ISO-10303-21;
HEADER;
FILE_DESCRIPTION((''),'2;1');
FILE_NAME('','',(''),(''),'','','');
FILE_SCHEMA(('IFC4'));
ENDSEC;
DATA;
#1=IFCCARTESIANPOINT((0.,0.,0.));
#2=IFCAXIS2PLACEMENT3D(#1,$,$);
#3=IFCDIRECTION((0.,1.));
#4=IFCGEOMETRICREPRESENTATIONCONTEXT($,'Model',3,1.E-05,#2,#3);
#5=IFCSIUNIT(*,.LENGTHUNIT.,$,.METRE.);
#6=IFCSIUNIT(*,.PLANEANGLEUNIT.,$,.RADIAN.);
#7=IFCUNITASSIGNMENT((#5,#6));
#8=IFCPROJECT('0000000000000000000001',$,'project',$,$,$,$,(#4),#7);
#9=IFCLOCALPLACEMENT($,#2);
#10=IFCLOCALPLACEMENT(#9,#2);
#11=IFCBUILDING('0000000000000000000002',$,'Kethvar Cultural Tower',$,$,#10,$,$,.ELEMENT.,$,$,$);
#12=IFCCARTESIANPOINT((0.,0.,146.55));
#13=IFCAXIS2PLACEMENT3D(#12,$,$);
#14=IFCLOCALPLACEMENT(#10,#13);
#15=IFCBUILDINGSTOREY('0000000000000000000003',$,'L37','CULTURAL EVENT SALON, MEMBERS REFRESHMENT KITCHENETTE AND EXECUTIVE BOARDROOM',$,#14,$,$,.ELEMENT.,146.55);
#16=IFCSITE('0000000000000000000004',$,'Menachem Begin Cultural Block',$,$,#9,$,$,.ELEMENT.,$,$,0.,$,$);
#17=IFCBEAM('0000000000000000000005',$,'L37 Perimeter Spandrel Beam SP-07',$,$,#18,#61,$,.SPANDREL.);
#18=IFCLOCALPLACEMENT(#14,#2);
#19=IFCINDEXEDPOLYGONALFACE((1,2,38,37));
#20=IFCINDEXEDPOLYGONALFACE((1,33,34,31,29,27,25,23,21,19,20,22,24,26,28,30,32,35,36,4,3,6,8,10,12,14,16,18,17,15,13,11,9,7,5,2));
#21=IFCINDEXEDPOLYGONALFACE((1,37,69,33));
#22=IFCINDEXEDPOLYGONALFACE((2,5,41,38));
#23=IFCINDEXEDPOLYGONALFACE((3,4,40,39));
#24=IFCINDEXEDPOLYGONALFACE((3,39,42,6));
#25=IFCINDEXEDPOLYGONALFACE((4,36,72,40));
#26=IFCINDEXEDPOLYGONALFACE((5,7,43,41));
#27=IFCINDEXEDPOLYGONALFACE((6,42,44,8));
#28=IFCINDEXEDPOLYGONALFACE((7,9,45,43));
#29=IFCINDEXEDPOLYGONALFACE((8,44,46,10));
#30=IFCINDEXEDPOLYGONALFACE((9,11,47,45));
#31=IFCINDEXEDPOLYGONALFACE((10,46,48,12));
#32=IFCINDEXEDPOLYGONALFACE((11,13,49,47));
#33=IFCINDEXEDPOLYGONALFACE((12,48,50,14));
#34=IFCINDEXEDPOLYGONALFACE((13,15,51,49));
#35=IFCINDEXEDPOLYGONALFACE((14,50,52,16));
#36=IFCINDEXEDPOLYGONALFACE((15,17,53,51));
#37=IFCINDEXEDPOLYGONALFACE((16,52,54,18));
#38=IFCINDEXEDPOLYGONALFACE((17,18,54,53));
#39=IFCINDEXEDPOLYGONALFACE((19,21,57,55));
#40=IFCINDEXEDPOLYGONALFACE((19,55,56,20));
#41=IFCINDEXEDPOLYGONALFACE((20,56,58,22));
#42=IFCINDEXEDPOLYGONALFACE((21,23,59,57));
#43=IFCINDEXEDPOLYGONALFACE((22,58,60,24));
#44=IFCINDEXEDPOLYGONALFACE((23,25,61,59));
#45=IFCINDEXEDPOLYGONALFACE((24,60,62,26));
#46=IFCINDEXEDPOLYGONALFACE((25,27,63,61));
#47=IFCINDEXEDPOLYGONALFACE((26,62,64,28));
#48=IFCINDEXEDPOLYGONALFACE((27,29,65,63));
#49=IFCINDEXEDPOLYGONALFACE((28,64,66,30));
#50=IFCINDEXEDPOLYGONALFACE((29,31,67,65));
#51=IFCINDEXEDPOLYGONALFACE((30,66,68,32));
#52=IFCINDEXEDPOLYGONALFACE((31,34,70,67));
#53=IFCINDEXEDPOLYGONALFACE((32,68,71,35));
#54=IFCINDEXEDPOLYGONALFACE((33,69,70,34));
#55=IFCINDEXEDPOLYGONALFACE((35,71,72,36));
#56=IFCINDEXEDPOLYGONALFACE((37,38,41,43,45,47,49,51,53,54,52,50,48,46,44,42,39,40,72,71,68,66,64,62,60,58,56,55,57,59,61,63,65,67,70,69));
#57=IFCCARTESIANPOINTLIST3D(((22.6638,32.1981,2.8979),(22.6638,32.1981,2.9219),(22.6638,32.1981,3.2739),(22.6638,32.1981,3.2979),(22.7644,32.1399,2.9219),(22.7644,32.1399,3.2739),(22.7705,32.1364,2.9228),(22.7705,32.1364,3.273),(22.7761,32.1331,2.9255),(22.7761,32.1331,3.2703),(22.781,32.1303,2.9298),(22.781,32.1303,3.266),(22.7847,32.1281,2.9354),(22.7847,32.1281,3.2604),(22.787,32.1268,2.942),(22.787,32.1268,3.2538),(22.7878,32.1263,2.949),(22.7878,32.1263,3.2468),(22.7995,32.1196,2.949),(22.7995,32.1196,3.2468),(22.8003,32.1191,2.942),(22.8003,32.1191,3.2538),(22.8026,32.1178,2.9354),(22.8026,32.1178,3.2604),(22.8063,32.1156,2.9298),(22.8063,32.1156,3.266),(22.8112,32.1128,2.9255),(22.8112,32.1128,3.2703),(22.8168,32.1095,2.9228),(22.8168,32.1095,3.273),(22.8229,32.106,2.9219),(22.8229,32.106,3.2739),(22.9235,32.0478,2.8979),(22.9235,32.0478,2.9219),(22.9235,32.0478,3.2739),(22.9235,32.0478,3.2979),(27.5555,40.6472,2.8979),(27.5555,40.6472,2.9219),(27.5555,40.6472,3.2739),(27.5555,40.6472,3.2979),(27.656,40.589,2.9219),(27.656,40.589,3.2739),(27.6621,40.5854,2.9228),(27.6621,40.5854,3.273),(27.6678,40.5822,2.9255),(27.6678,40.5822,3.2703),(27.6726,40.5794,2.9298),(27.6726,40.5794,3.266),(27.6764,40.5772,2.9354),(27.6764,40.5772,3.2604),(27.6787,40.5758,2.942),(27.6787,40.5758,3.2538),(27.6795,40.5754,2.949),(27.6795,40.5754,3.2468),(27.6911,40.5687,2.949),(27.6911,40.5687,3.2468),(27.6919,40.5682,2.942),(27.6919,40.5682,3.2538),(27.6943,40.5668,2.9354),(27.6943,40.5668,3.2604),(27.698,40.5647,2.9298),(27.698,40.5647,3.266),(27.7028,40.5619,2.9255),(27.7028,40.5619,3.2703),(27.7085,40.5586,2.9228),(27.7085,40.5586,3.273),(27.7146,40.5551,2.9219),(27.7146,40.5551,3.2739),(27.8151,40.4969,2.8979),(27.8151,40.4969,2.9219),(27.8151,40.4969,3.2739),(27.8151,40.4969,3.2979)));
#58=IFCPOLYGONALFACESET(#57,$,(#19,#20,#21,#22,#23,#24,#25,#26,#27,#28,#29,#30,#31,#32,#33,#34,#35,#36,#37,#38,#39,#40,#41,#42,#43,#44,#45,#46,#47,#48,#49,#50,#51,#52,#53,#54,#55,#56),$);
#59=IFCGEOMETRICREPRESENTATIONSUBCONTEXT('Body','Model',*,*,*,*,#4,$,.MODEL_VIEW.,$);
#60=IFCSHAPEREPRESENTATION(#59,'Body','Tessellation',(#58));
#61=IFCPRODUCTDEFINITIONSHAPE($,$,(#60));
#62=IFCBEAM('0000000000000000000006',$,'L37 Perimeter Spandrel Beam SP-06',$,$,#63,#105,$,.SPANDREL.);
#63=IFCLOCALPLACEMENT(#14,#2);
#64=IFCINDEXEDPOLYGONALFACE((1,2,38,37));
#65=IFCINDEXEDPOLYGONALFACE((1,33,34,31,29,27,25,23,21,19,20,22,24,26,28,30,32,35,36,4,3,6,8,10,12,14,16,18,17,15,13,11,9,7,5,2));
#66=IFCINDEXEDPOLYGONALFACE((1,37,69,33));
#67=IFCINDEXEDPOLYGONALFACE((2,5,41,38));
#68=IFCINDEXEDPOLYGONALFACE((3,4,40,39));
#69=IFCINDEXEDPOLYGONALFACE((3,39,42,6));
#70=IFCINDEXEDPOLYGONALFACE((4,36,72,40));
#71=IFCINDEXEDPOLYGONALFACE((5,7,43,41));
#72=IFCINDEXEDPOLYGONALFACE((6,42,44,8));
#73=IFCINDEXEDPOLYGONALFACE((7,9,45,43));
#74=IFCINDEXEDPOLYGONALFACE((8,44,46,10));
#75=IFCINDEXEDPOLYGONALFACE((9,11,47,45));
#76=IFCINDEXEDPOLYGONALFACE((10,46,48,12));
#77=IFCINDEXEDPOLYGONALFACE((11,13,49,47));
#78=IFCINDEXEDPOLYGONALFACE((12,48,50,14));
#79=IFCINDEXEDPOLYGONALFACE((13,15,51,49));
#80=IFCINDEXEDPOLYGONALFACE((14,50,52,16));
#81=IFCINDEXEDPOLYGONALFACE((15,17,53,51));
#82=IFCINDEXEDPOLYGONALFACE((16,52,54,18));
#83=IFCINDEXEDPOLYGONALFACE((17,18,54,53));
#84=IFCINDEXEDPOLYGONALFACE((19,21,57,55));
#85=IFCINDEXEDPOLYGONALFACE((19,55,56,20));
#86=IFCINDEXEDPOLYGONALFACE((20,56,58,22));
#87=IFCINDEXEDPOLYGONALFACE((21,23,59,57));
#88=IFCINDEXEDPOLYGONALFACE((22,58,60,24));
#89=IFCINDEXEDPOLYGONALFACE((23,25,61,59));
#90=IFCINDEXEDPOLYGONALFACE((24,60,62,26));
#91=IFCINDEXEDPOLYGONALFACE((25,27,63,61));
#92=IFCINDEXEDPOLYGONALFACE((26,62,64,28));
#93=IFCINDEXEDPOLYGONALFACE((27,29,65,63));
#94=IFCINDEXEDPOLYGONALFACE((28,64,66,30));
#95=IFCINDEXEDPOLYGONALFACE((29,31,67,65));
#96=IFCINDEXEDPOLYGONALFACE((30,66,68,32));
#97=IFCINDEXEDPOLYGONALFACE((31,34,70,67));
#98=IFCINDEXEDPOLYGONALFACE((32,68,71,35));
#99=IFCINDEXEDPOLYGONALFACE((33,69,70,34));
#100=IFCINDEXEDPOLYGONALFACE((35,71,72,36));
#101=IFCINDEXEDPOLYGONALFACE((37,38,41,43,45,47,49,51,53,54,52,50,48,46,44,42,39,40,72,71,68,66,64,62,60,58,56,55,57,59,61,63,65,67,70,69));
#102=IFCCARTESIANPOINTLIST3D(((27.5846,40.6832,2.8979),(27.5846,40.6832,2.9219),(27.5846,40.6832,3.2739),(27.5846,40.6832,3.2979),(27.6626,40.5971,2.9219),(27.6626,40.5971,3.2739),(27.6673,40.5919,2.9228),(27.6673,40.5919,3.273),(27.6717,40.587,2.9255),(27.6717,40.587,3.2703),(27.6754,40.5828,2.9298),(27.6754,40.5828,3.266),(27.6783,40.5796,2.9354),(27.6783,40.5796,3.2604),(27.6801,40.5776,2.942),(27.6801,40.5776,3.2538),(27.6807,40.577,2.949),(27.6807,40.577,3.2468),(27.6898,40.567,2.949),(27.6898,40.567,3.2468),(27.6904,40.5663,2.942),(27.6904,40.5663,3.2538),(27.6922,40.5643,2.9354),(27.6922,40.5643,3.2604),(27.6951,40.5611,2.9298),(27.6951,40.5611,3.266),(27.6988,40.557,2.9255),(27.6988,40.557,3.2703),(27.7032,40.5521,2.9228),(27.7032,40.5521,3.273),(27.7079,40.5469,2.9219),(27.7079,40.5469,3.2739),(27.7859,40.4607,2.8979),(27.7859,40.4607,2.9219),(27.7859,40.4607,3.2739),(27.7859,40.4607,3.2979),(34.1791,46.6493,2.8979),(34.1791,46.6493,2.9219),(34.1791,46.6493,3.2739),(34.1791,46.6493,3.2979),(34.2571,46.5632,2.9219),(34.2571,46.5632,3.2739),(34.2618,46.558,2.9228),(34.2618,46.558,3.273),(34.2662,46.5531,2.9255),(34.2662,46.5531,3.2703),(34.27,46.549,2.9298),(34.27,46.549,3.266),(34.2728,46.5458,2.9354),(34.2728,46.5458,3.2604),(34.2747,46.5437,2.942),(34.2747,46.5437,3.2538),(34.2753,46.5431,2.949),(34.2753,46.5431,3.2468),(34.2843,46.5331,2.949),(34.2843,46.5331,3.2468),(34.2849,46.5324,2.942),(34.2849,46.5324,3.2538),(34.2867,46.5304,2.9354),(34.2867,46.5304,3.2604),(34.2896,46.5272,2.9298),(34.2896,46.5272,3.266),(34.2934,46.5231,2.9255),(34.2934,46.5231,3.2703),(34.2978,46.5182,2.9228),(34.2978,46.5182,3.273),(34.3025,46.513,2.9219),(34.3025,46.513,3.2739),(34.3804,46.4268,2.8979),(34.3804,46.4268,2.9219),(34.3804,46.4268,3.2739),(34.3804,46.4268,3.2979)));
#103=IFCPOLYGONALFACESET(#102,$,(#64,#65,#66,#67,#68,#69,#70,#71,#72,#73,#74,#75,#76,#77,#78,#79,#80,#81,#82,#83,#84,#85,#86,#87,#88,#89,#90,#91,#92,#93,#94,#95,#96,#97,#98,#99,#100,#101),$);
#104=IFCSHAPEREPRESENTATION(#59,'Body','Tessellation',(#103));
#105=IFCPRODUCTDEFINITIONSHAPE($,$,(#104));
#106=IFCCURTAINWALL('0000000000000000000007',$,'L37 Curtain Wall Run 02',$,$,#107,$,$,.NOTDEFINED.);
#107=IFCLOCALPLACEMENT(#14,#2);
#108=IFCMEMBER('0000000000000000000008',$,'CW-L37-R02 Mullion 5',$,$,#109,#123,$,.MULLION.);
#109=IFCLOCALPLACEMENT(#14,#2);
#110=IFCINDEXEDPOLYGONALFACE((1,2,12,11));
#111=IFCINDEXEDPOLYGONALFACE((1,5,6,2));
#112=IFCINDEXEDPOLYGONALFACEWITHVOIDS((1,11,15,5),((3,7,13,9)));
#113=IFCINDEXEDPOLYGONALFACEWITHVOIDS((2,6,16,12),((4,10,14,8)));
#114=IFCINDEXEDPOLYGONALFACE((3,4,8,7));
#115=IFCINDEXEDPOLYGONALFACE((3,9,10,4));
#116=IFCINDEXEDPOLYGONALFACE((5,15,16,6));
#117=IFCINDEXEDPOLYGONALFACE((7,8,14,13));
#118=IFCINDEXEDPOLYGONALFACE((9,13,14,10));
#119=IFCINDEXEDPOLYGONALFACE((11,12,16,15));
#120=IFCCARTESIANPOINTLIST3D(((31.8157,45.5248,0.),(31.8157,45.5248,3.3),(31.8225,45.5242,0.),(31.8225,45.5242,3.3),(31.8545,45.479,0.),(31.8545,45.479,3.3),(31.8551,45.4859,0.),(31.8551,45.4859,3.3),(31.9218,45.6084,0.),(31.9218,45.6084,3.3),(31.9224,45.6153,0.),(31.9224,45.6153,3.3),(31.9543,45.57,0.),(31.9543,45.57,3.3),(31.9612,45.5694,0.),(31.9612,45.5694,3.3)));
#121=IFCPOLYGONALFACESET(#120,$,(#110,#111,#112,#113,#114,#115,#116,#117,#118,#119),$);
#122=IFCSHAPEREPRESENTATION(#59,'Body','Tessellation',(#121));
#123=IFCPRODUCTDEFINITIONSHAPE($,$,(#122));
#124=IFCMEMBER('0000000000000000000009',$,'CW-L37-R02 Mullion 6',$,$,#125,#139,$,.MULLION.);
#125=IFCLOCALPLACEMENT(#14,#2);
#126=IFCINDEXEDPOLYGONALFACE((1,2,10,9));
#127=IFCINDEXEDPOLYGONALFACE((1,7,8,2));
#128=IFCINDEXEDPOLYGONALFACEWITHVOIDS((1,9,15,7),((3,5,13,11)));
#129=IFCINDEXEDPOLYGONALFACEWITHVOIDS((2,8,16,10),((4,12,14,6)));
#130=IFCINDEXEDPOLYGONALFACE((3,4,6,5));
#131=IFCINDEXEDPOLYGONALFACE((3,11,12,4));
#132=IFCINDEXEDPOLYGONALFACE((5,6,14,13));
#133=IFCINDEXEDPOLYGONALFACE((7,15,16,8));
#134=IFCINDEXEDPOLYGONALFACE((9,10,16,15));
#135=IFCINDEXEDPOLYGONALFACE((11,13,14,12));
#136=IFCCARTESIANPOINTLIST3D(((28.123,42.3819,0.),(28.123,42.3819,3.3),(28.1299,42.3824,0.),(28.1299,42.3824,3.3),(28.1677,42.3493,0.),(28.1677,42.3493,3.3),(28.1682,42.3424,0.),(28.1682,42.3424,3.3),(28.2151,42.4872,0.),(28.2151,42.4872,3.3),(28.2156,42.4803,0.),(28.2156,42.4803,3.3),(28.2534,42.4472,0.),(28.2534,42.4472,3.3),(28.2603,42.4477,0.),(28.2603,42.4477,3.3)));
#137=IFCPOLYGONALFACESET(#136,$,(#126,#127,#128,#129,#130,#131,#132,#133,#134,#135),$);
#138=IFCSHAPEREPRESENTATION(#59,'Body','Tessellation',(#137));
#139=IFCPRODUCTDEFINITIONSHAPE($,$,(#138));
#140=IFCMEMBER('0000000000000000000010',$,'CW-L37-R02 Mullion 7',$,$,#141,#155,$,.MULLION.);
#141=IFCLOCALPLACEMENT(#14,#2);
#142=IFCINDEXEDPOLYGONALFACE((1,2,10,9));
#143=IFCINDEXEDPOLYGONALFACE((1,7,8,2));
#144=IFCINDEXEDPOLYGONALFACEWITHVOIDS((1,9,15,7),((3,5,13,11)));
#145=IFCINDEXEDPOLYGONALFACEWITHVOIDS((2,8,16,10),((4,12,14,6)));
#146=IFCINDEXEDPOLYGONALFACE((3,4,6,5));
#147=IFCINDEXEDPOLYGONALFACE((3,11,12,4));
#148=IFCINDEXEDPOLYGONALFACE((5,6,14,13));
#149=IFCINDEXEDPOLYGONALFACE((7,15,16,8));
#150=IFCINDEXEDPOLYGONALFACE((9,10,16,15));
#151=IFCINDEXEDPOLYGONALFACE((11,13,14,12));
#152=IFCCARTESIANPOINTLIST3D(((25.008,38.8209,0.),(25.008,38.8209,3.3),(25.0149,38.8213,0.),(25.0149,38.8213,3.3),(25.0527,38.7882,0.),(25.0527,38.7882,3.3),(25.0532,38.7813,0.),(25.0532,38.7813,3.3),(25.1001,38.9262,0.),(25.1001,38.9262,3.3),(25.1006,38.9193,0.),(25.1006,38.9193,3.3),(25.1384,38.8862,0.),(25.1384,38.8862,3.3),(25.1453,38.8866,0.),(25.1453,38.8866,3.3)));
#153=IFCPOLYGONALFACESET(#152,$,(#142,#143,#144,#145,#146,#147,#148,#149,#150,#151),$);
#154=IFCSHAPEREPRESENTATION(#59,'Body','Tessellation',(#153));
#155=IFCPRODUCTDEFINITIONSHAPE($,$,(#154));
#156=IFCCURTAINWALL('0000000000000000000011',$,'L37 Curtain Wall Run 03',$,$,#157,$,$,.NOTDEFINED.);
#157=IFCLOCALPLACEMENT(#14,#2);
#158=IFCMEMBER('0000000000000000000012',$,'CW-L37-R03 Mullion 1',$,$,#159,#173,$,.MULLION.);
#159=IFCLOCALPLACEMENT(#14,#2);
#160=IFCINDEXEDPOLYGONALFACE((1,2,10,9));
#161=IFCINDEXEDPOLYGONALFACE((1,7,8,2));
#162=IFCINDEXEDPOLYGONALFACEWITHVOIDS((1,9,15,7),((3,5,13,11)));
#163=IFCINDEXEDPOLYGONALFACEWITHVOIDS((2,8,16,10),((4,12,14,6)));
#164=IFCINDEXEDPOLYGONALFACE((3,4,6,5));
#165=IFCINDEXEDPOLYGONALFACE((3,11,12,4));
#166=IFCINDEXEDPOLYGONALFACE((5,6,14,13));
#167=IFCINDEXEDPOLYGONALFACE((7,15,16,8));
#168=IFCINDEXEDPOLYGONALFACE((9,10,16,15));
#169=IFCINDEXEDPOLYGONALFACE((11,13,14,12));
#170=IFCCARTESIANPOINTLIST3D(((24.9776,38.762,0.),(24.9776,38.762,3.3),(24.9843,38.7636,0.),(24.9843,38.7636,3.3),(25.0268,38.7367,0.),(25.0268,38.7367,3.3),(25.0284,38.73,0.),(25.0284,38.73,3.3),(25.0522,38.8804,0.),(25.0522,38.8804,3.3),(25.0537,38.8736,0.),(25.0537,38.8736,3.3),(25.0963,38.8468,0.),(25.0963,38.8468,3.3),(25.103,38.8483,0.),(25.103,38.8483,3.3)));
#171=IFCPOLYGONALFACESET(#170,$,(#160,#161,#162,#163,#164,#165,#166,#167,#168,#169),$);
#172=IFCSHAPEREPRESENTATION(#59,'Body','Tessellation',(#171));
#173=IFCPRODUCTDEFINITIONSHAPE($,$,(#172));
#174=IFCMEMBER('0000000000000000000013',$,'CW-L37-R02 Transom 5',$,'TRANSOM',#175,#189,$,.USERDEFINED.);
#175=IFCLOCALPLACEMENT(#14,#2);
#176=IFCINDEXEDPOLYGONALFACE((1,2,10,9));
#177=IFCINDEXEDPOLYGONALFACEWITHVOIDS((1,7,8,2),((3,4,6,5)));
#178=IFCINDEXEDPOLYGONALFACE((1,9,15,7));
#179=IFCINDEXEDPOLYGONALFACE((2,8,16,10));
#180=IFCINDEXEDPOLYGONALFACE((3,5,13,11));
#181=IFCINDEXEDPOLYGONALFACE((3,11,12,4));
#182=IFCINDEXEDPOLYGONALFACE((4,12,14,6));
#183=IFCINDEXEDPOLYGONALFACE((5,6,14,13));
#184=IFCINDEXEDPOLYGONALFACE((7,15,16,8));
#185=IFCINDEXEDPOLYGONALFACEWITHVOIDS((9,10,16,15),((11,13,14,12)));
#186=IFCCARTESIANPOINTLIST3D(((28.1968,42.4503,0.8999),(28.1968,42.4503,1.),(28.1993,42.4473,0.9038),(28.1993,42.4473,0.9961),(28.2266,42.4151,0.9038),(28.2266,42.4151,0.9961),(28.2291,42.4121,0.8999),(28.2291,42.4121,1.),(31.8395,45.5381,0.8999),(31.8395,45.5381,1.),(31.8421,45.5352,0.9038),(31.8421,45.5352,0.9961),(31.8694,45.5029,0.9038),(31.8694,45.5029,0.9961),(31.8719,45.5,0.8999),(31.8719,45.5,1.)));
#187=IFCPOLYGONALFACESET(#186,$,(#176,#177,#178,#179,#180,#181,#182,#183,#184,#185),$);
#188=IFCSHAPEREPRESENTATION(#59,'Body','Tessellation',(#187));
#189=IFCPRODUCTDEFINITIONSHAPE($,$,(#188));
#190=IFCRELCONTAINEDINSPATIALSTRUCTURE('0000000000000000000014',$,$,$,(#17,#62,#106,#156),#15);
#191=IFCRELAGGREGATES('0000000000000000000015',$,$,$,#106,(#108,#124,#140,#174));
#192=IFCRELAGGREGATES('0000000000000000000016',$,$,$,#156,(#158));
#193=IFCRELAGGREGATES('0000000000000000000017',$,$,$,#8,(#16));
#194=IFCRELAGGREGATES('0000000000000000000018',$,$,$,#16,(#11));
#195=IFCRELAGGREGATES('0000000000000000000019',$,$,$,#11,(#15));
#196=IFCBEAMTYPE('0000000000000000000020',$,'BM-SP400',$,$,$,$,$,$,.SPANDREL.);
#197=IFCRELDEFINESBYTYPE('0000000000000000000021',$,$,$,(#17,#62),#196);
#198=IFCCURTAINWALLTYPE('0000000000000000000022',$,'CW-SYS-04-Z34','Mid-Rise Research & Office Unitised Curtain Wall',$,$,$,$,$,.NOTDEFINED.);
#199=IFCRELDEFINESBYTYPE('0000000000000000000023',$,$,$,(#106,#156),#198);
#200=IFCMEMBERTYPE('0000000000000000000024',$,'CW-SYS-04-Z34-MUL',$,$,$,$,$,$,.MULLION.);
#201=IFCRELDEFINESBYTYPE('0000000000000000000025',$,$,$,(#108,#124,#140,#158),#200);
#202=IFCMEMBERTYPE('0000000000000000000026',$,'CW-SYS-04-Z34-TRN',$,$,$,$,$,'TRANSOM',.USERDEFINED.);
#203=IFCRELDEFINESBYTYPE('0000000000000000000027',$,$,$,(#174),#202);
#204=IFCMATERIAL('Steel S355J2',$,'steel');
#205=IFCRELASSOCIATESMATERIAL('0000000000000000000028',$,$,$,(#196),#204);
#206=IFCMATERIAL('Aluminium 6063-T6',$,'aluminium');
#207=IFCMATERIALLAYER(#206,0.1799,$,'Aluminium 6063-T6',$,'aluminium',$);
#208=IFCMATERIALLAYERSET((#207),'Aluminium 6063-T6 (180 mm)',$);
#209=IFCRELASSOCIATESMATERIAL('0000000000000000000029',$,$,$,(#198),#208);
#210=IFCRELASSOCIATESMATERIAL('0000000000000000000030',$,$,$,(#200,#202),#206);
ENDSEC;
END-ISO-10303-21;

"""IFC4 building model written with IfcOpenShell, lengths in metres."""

from ifc_helpers import new_model, si_unit, direction, frame, origin, origin_2d, place, context, subcontext, project, spatial, hollow_rectangle, i_section, extrude, source, transform, mapped, material, layer, layer_set, material_profile, profile_set, type_object, element, aggregate, save


model = new_model("IFC4")

# Units and contexts
model_context = context("Model", 3, precision=1e-05, world=origin(), true_north=direction((0.0, 1.0)))
body_context = subcontext(model_context, "Body", "Model", "MODEL_VIEW")
ifc_project = project(units=[si_unit("LENGTHUNIT", "METRE"), si_unit("PLANEANGLEUNIT", "RADIAN")], contexts=[model_context])

# Site, building, storey
site_placement = place(None, origin())
site = spatial("IfcSite", under=ifc_project, at=site_placement, Name="Menachem Begin Cultural Block", CompositionType="ELEMENT", RefElevation=0.0)
building_placement = place(site_placement, origin())
building = spatial("IfcBuilding", under=site, at=building_placement, Name="Kethvar Cultural Tower", CompositionType="ELEMENT")
storey_placement = place(building_placement, frame((0.0, 0.0, 146.55)))
storey = spatial("IfcBuildingStorey", under=building, at=storey_placement, Name="L37", Description="CULTURAL EVENT SALON, MEMBERS REFRESHMENT KITCHENETTE AND EXECUTIVE BOARDROOM", CompositionType="ELEMENT", Elevation=146.55)

# Beams
ifc_material_1 = material(Name="Steel S355J2", Category="steel")
ifc_material_profile_1 = material_profile(ifc_material_1, i_section(OverallWidth=0.3, OverallDepth=0.3999, WebThickness=0.0134, FlangeThickness=0.0239, FilletRadius=0.0271, at=origin_2d()), Name="Steel S355J2 — HEB400")
ifc_profile_set_1 = profile_set([ifc_material_profile_1], Name="Steel S355J2 — HEB400")
beam_type_1 = type_object("IfcBeamType", Name="BM-SP400", PredefinedType="SPANDREL", material=ifc_profile_set_1)
shared_shape_1 = source(origin(), body_context, "Body", "SweptSolid", [
    extrude(i_section(OverallWidth=0.3, OverallDepth=0.3999, WebThickness=0.0134, FlangeThickness=0.0239, FilletRadius=0.0271, at=origin_2d()), origin(), (0.0, 0.0, 1.0), 9.7629),
])
beam_1_placement = place(storey_placement, frame((27.6853, 40.572, 3.0979), z_axis=(-0.501043, -0.865422, 0.0), x_axis=(0.865422, -0.501043, 0.0)))
element("IfcBeam", 1, at=beam_1_placement, inside=storey, type_object=beam_type_1, Name="L37 Perimeter Spandrel Beam SP-07", PredefinedType="SPANDREL", context=body_context, shape_type="MappedRepresentation", body=[
    mapped(shared_shape_1, transform((0.0, 0.0, 0.0), scale=1.0)),
])
shared_shape_2 = source(origin(), body_context, "Body", "SweptSolid", [
    extrude(i_section(OverallWidth=0.3, OverallDepth=0.3999, WebThickness=0.0134, FlangeThickness=0.0239, FilletRadius=0.0271, at=origin_2d()), origin(), (0.0, 0.0, 1.0), 8.8928),
])
beam_2_placement = place(storey_placement, frame((34.2798, 46.5381, 3.0979), z_axis=(-0.741557, -0.67089, 0.0), x_axis=(0.67089, -0.741557, 0.0)))
element("IfcBeam", 2, at=beam_2_placement, inside=storey, type_object=beam_type_1, Name="L37 Perimeter Spandrel Beam SP-06", PredefinedType="SPANDREL", context=body_context, shape_type="MappedRepresentation", body=[
    mapped(shared_shape_2, transform((0.0, 0.0, 0.0), scale=1.0)),
])

# Curtain wall, members
ifc_material_2 = material(Name="Aluminium 6063-T6", Category="aluminium")
ifc_layer_1 = layer(ifc_material_2, 0.1799, Name="Aluminium 6063-T6", Category="aluminium")
ifc_layer_set_1 = layer_set([ifc_layer_1], Name="Aluminium 6063-T6 (180 mm)")
curtain_wall_type = type_object("IfcCurtainWallType", Name="CW-SYS-04-Z34", Description="Mid-Rise Research & Office Unitised Curtain Wall", PredefinedType="NOTDEFINED", material=ifc_layer_set_1)
curtain_wall_1_placement = place(storey_placement, origin())
curtain_wall_1 = element("IfcCurtainWall", 3, at=curtain_wall_1_placement, inside=storey, type_object=curtain_wall_type, Name="L37 Curtain Wall Run 02", PredefinedType="NOTDEFINED")
ifc_material_profile_2 = material_profile(ifc_material_2, hollow_rectangle(XDim=0.0601, YDim=0.1399, WallThickness=0.0049, at=origin_2d()), Name="Aluminium 6063-T6 — RHS140x60x5")
ifc_profile_set_2 = profile_set([ifc_material_profile_2], Name="Aluminium 6063-T6 — RHS140x60x5")
member_type_1 = type_object("IfcMemberType", Name="CW-SYS-04-Z34-MUL", PredefinedType="MULLION", material=ifc_profile_set_2)
shared_shape_3 = source(origin(), body_context, "Body", "SweptSolid", [
    extrude(hollow_rectangle(XDim=0.0601, YDim=0.1399, WallThickness=0.0049, at=origin_2d()), origin(), (0.0, 0.0, 1.0), 3.3),
])
member_1_placement = place(storey_placement, frame((31.8884, 45.5471, 0.0), z_axis=(0.0, 0.0, 1.0), x_axis=(0.64663, -0.762804, 0.0)))
member_1 = element("IfcMember", 4, at=member_1_placement, type_object=member_type_1, Name="CW-L37-R02 Mullion 5", PredefinedType="MULLION", context=body_context, shape_type="MappedRepresentation", body=[
    mapped(shared_shape_3, transform((0.0, 0.0, 0.0), scale=1.0)),
])
member_2_placement = place(storey_placement, frame((28.1917, 42.4148, 0.0), z_axis=(0.0, 0.0, 1.0), x_axis=(0.752656, -0.658414, 0.0)))
member_2 = element("IfcMember", 5, at=member_2_placement, type_object=member_type_1, Name="CW-L37-R02 Mullion 6", PredefinedType="MULLION", context=body_context, shape_type="MappedRepresentation", body=[
    mapped(shared_shape_3, transform((0.0, 0.0, 0.0), scale=1.0)),
])
member_3_placement = place(storey_placement, frame((25.0767, 38.8538, 0.0), z_axis=(0.0, 0.0, 1.0), x_axis=(0.752656, -0.658414, 0.0)))
member_3 = element("IfcMember", 6, at=member_3_placement, type_object=member_type_1, Name="CW-L37-R02 Mullion 7", PredefinedType="MULLION", context=body_context, shape_type="MappedRepresentation", body=[
    mapped(shared_shape_3, transform((0.0, 0.0, 0.0), scale=1.0)),
])

# Curtain wall, member
curtain_wall_2_placement = place(storey_placement, origin())
curtain_wall_2 = element("IfcCurtainWall", 7, at=curtain_wall_2_placement, inside=storey, type_object=curtain_wall_type, Name="L37 Curtain Wall Run 03", PredefinedType="NOTDEFINED")
member_4_placement = place(storey_placement, frame((25.0403, 38.8052, 0.0), z_axis=(0.0, 0.0, 1.0), x_axis=(0.845793, -0.533511, 0.0)))
member_4 = element("IfcMember", 8, at=member_4_placement, type_object=member_type_1, Name="CW-L37-R03 Mullion 1", PredefinedType="MULLION", context=body_context, shape_type="MappedRepresentation", body=[
    mapped(shared_shape_3, transform((0.0, 0.0, 0.0), scale=1.0)),
])

# Member
ifc_material_profile_3 = material_profile(ifc_material_2, hollow_rectangle(XDim=0.05, YDim=0.1001, WallThickness=0.0039, at=origin_2d()), Name="Aluminium 6063-T6 — RHS100x50x4")
ifc_profile_set_3 = profile_set([ifc_material_profile_3], Name="Aluminium 6063-T6 — RHS100x50x4")
member_type_2 = type_object("IfcMemberType", Name="CW-SYS-04-Z34-TRN", ElementType="TRANSOM", PredefinedType="USERDEFINED", material=ifc_profile_set_3)
shared_shape_4 = source(origin(), body_context, "Body", "SweptSolid", [
    extrude(hollow_rectangle(XDim=0.05, YDim=0.1001, WallThickness=0.0039, at=origin_2d()), origin(), (0.0, 0.0, 1.0), 4.7754),
])
member_5_placement = place(storey_placement, frame((31.8557, 45.519, 0.95), z_axis=(-0.762818, -0.646613, 0.0), x_axis=(0.646613, -0.762818, 0.0)))
member_5 = element("IfcMember", 9, at=member_5_placement, type_object=member_type_2, Name="CW-L37-R02 Transom 5", ObjectType="TRANSOM", PredefinedType="USERDEFINED", context=body_context, shape_type="MappedRepresentation", body=[
    mapped(shared_shape_4, transform((0.0, 0.0, 0.0), scale=1.0)),
])

aggregate(curtain_wall_1, [member_1, member_2, member_3, member_5])
aggregate(curtain_wall_2, [member_4])

save(model, "model.ifc")
